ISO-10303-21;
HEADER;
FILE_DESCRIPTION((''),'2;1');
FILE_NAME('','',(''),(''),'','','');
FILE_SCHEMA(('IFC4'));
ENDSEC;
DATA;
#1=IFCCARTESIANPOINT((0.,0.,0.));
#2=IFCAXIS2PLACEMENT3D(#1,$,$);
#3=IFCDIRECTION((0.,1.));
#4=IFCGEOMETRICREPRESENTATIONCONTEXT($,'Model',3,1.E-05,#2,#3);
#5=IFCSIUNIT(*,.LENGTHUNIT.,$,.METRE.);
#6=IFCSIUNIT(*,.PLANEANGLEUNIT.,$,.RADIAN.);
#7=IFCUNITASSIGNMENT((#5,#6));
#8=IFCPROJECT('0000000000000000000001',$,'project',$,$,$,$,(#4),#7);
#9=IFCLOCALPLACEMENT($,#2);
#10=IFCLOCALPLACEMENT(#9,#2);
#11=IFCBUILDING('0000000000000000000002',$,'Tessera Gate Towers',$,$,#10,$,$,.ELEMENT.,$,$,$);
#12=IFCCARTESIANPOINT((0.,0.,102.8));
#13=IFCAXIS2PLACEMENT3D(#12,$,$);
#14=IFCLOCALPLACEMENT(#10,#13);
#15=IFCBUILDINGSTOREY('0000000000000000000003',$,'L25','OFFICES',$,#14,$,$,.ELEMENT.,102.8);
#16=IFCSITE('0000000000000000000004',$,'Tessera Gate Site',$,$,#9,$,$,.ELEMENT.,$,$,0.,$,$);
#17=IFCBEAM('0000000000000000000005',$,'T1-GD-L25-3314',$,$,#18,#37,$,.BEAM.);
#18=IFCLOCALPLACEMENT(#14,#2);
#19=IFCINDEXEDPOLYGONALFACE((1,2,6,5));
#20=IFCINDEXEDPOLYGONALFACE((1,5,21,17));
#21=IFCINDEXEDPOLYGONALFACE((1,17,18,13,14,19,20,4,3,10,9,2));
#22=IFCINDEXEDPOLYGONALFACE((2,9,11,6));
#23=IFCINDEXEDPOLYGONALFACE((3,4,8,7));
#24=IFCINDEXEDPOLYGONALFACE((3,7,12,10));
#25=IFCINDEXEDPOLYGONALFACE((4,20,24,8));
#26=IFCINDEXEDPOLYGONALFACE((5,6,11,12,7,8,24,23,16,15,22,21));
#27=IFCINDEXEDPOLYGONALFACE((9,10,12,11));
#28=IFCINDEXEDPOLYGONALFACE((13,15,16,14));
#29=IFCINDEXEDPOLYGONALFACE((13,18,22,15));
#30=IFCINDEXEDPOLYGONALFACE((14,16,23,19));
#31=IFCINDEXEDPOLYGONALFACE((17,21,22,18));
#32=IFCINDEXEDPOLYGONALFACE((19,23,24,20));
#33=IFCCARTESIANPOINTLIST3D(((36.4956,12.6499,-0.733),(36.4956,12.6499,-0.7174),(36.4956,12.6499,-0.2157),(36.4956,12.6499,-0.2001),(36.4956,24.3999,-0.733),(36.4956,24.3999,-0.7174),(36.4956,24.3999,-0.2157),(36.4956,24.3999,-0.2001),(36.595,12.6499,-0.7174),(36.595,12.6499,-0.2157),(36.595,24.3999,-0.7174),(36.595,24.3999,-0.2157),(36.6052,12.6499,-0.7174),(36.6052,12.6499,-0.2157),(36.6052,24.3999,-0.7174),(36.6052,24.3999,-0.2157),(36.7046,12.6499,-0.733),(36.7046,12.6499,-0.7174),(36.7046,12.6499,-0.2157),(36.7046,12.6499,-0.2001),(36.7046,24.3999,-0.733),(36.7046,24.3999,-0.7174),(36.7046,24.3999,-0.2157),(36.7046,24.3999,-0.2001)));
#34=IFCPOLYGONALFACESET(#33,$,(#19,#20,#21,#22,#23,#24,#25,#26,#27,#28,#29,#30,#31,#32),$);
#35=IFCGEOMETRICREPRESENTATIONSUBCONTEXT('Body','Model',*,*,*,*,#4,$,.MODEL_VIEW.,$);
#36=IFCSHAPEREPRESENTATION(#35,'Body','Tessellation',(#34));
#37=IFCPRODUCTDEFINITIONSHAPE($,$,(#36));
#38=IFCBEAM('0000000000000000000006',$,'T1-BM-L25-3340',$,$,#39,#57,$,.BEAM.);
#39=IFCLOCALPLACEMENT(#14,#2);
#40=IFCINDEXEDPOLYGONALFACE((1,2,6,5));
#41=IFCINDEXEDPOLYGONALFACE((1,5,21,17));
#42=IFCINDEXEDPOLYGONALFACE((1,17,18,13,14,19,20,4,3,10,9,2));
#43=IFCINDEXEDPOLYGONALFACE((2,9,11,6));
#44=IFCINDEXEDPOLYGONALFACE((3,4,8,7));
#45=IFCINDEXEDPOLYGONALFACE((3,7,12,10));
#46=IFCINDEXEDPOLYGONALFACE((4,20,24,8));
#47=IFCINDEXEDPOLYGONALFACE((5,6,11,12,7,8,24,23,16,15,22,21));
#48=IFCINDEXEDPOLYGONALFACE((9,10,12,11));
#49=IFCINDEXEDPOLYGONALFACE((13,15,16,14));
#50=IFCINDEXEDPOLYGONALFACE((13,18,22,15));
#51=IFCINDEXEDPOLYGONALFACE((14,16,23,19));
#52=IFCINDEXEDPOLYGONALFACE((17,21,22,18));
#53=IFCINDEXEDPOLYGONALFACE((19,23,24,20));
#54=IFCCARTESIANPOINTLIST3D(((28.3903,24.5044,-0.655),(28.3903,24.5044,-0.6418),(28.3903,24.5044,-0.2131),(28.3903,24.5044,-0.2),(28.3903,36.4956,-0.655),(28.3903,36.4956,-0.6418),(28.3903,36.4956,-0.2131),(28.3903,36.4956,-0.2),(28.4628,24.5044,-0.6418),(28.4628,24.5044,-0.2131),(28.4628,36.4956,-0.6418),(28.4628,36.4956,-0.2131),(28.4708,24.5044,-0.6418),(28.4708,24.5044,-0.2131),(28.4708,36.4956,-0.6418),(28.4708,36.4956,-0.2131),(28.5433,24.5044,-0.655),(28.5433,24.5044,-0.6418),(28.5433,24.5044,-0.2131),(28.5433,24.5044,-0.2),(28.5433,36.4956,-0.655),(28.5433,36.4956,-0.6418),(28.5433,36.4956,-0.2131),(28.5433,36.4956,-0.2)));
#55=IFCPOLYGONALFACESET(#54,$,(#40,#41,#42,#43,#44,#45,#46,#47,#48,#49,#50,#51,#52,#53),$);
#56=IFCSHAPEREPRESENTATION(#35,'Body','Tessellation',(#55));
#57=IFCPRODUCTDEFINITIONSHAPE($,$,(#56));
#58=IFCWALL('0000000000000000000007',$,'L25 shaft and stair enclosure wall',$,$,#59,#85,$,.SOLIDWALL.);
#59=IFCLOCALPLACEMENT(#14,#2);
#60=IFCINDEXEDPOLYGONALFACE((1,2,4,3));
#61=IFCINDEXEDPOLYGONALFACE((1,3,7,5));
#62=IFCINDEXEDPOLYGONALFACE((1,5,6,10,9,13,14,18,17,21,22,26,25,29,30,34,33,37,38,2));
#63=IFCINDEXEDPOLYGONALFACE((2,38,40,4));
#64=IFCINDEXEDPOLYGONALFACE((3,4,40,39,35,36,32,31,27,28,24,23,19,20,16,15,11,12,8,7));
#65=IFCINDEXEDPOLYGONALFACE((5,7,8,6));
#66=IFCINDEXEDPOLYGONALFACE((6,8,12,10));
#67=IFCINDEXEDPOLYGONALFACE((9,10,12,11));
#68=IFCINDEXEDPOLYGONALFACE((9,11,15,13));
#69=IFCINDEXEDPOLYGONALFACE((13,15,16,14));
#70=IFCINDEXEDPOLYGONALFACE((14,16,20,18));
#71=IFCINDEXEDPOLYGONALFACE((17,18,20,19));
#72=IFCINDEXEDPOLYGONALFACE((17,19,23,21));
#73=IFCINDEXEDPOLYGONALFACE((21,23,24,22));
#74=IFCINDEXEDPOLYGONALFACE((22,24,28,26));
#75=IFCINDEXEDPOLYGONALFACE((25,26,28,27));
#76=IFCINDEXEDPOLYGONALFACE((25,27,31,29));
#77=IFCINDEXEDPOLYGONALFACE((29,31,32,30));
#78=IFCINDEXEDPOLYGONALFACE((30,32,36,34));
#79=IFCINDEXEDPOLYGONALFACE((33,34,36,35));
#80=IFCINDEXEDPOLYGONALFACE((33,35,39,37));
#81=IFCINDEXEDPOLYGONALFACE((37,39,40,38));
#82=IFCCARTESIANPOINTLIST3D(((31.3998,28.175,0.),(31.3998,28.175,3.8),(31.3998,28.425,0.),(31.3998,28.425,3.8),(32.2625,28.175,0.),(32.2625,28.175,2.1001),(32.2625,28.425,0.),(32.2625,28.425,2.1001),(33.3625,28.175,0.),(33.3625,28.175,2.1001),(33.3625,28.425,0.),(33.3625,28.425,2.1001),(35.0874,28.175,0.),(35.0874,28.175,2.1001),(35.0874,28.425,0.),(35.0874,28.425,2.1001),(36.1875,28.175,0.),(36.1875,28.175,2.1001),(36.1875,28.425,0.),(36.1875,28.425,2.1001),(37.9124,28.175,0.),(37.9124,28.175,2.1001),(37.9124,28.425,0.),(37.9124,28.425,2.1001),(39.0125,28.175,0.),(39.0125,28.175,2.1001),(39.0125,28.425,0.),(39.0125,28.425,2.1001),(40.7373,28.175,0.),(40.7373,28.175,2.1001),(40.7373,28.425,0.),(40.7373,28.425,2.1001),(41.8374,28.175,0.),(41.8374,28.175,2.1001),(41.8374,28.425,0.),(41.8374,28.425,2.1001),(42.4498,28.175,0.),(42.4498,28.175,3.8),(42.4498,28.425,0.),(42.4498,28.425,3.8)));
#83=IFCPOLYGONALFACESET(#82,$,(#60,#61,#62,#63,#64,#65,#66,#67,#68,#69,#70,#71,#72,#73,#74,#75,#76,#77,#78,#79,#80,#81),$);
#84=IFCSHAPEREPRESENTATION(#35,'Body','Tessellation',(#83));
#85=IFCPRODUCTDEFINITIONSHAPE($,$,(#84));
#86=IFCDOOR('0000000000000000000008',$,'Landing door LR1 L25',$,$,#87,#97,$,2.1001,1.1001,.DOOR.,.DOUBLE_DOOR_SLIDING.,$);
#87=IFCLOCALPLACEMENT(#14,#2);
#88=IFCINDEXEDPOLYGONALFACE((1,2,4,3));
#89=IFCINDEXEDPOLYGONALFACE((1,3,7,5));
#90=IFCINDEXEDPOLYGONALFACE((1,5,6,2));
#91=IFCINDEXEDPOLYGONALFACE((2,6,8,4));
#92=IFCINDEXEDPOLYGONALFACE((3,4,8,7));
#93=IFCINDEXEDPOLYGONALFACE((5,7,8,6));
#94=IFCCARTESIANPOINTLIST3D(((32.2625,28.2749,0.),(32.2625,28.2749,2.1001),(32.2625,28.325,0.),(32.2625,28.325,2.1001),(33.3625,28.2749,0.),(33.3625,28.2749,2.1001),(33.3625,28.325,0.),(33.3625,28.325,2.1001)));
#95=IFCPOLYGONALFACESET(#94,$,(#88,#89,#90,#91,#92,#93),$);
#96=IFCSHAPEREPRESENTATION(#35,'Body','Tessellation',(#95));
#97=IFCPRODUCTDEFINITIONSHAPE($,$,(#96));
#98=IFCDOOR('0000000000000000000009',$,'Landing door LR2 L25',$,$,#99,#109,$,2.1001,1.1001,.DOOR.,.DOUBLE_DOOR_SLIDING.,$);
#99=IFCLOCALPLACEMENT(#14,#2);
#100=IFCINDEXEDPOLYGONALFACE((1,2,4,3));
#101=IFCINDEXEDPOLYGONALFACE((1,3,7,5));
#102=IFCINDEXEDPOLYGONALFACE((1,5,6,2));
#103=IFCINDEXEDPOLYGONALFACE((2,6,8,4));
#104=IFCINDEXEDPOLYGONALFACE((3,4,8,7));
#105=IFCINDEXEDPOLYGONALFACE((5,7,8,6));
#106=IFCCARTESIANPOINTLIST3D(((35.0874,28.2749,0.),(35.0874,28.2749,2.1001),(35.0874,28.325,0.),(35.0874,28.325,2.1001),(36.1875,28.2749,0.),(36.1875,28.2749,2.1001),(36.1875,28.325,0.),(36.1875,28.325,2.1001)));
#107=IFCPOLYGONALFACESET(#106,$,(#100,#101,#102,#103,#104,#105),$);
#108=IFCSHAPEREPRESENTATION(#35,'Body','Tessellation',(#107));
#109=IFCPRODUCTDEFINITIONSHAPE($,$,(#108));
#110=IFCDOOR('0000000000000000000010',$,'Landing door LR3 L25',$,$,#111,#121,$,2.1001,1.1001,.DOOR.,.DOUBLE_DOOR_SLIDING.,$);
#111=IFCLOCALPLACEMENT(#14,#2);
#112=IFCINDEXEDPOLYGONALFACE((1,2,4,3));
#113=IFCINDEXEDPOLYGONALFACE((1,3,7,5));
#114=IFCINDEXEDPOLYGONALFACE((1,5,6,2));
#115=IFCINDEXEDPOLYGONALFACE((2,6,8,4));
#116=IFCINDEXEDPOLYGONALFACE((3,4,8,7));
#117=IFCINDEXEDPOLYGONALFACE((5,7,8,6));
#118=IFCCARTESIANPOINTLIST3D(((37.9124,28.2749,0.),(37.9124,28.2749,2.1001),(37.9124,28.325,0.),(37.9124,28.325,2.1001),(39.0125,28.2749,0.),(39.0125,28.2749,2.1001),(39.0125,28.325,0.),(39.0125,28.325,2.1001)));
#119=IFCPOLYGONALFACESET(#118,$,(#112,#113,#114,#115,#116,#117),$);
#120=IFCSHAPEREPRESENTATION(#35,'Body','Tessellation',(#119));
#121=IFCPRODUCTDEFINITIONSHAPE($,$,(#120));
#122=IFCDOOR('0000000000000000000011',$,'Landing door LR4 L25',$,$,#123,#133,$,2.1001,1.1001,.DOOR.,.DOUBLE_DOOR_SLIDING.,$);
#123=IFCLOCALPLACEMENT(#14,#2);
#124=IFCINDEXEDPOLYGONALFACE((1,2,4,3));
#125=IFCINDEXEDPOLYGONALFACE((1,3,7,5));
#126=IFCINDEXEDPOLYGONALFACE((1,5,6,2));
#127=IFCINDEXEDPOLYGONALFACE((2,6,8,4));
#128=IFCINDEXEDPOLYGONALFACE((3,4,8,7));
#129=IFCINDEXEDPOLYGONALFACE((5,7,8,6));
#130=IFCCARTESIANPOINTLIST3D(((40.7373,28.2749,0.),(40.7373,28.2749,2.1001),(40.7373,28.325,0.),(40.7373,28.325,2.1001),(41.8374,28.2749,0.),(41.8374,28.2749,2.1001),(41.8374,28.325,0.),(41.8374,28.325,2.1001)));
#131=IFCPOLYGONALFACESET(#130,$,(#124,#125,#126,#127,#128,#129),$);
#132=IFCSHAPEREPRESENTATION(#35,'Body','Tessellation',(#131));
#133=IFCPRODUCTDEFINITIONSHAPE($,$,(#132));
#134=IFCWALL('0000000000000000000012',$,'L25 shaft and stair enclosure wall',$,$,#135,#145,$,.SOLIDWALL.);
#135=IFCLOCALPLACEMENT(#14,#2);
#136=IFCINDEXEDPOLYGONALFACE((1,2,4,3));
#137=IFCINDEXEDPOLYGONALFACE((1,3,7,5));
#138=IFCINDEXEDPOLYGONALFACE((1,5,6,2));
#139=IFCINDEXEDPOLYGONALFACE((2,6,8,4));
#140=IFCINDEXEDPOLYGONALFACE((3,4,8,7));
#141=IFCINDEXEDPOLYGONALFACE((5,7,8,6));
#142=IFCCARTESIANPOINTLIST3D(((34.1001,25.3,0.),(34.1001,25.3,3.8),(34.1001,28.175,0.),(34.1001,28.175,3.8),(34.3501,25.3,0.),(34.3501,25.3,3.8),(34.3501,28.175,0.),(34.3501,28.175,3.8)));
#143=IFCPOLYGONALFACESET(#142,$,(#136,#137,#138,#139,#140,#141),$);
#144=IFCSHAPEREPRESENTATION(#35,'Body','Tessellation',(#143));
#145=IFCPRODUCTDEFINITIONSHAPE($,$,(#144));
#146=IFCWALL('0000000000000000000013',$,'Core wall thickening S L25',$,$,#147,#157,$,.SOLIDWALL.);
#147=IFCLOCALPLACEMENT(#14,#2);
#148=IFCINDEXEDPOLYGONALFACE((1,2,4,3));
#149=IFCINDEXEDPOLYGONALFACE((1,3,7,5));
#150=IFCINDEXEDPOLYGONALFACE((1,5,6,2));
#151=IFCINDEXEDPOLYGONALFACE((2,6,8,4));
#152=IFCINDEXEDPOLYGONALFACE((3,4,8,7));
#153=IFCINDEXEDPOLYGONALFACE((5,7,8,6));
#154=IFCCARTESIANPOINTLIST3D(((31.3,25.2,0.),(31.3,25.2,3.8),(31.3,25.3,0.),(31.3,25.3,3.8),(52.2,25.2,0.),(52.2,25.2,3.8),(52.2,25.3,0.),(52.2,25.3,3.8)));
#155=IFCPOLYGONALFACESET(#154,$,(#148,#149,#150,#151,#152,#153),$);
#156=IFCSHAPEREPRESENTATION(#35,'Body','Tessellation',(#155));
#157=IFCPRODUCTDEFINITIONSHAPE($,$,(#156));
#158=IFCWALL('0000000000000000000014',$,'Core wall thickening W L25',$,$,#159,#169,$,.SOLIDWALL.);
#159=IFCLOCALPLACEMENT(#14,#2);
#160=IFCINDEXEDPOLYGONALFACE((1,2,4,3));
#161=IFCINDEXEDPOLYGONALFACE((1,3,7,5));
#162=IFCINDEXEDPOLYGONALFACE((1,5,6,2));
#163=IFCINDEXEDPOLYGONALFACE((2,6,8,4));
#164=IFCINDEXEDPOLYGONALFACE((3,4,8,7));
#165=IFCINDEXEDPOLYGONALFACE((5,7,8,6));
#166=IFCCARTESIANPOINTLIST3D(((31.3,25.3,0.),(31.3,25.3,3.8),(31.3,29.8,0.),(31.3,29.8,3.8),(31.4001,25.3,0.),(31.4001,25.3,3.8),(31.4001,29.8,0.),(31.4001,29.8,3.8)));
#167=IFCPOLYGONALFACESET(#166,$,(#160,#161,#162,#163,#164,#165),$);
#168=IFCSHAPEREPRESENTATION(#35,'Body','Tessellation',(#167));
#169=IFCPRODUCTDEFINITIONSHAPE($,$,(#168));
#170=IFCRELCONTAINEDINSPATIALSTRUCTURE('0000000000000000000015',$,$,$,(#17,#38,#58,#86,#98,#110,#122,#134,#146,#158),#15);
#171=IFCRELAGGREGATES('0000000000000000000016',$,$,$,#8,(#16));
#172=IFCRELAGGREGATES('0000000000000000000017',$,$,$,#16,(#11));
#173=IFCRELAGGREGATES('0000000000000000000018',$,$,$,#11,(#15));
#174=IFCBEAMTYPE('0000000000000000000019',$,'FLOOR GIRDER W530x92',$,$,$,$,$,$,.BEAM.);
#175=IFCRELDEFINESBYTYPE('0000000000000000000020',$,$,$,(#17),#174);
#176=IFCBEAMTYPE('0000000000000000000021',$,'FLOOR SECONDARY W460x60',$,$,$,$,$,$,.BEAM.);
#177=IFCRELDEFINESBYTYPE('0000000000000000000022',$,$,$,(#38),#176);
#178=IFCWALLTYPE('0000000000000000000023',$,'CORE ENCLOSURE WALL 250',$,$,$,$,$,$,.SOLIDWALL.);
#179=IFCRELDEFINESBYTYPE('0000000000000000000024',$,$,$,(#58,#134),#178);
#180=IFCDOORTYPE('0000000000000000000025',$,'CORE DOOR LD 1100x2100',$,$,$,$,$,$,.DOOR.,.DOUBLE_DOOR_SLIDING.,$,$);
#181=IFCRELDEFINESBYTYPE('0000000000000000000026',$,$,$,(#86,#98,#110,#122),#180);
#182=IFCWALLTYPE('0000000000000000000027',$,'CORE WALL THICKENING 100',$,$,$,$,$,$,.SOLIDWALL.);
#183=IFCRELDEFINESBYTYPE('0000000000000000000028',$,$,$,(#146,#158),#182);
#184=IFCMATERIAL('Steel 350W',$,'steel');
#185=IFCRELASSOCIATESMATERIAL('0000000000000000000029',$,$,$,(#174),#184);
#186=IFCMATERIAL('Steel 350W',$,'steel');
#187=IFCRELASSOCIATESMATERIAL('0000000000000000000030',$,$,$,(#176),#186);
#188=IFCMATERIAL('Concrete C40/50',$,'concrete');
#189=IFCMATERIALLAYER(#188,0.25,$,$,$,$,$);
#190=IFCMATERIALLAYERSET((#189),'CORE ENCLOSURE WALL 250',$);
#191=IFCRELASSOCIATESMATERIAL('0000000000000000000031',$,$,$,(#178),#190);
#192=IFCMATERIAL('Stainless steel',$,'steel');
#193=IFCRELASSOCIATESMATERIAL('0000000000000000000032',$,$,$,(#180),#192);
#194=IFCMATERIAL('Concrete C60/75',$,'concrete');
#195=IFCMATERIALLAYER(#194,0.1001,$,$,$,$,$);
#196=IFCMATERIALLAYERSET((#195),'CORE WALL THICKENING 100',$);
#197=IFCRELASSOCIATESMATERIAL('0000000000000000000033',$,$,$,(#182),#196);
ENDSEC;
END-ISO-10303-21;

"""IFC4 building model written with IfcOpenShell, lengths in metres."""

from ifc_helpers import new_model, si_unit, direction, frame, frame_2d, origin, origin_2d, place, context, subcontext, project, spatial, rectangle, i_section, extrude, source, transform, mapped, material, layer, layer_set, material_profile, profile_set, type_object, element, fill, save


model = new_model("IFC4")

# Units and contexts
model_context = context("Model", 3, precision=1e-05, world=origin(), true_north=direction((0.0, 1.0)))
body_context = subcontext(model_context, "Body", "Model", "MODEL_VIEW")
ifc_project = project(units=[si_unit("LENGTHUNIT", "METRE"), si_unit("PLANEANGLEUNIT", "RADIAN")], contexts=[model_context])

# Site, building, storey
site_placement = place(None, origin())
site = spatial("IfcSite", under=ifc_project, at=site_placement, Name="Tessera Gate Site", CompositionType="ELEMENT", RefElevation=0.0)
building_placement = place(site_placement, origin())
building = spatial("IfcBuilding", under=site, at=building_placement, Name="Tessera Gate Towers", CompositionType="ELEMENT")
storey_placement = place(building_placement, frame((0.0, 0.0, 102.8)))
storey = spatial("IfcBuildingStorey", under=building, at=storey_placement, Name="L25", Description="OFFICES", CompositionType="ELEMENT", Elevation=102.8)

# Beams
ifc_material_1 = material(Name="Steel 350W", Category="steel")
ifc_material_profile_1 = material_profile(ifc_material_1, i_section(OverallWidth=0.209, OverallDepth=0.533, WebThickness=0.0103, FlangeThickness=0.0156, at=origin_2d()), Name="W530x92")
ifc_profile_set_1 = profile_set([ifc_material_profile_1], Name="Steel 350W")
beam_type_1 = type_object("IfcBeamType", Name="FLOOR GIRDER W530x92", PredefinedType="BEAM", material=ifc_profile_set_1)
beam_1_placement = place(storey_placement, frame((36.6001, 12.6499, -0.4666), z_axis=(0.0, 1.0, 0.0), x_axis=(-1.0, 0.0, 0.0)))
element("IfcBeam", 1, at=beam_1_placement, inside=storey, type_object=beam_type_1, Name="T1-GD-L25-3314", PredefinedType="BEAM", context=body_context, shape_type="SweptSolid", body=[
    extrude(i_section(OverallWidth=0.209, OverallDepth=0.533, WebThickness=0.0103, FlangeThickness=0.0156, at=origin_2d()), origin(), (0.0, 0.0, 1.0), 11.75),
])
ifc_material_2 = material(Name="Steel 350W", Category="steel")
ifc_material_profile_2 = material_profile(ifc_material_2, i_section(OverallWidth=0.1531, OverallDepth=0.4551, WebThickness=0.0081, FlangeThickness=0.0132, at=origin_2d()), Name="W460x60")
ifc_profile_set_2 = profile_set([ifc_material_profile_2], Name="Steel 350W")
beam_type_2 = type_object("IfcBeamType", Name="FLOOR SECONDARY W460x60", PredefinedType="BEAM", material=ifc_profile_set_2)
beam_2_placement = place(storey_placement, frame((28.4668, 24.5044, -0.4275), z_axis=(0.0, 1.0, 0.0), x_axis=(-1.0, 0.0, 0.0)))
element("IfcBeam", 2, at=beam_2_placement, inside=storey, type_object=beam_type_2, Name="T1-BM-L25-3340", PredefinedType="BEAM", context=body_context, shape_type="SweptSolid", body=[
    extrude(i_section(OverallWidth=0.1531, OverallDepth=0.4551, WebThickness=0.0081, FlangeThickness=0.0132, at=origin_2d()), origin(), (0.0, 0.0, 1.0), 11.9912),
])

# Wall, openings, doors
ifc_material_3 = material(Name="Concrete C40/50", Category="concrete")
ifc_layer_1 = layer(ifc_material_3, 0.25)
ifc_layer_set_1 = layer_set([ifc_layer_1], Name="CORE ENCLOSURE WALL 250")
wall_type_1 = type_object("IfcWallType", Name="CORE ENCLOSURE WALL 250", PredefinedType="SOLIDWALL", material=ifc_layer_set_1)
wall_1_placement = place(storey_placement, frame((31.3999, 28.3, 0.0), z_axis=(0.0, 0.0, 1.0), x_axis=(1.0, 0.0, 0.0)))
wall_1 = element("IfcWall", 3, at=wall_1_placement, inside=storey, type_object=wall_type_1, Name="L25 shaft and stair enclosure wall", PredefinedType="SOLIDWALL", context=body_context, shape_type="SweptSolid", body=[
    extrude(rectangle(XDim=11.05, YDim=0.25, at=frame_2d((5.5249, 0.0))), origin(), (0.0, 0.0, 1.0), 3.8),
])
shared_shape_1 = source(origin(), body_context, "Body", "SweptSolid", [
    extrude(rectangle(XDim=1.1001, YDim=2.1001, at=frame_2d((0.55, 1.05))), frame((0.0, 0.135, 0.0), z_axis=(0.0, -1.0, 0.0), x_axis=(1.0, 0.0, 0.0)), (0.0, 0.0, 1.0), 0.27),
])
opening_1_placement = place(wall_1_placement, frame((0.8625, 0.0, 0.0)))
opening_1 = element("IfcOpeningElement", 4, at=opening_1_placement, cuts=wall_1, PredefinedType="OPENING", context=body_context, shape_type="MappedRepresentation", body=[
    mapped(shared_shape_1, transform((0.0, 0.0, 0.0), scale=1.0)),
])
opening_2_placement = place(wall_1_placement, frame((3.6875, 0.0, 0.0)))
opening_2 = element("IfcOpeningElement", 5, at=opening_2_placement, cuts=wall_1, PredefinedType="OPENING", context=body_context, shape_type="MappedRepresentation", body=[
    mapped(shared_shape_1, transform((0.0, 0.0, 0.0), scale=1.0)),
])
opening_3_placement = place(wall_1_placement, frame((6.5125, 0.0, 0.0)))
opening_3 = element("IfcOpeningElement", 6, at=opening_3_placement, cuts=wall_1, PredefinedType="OPENING", context=body_context, shape_type="MappedRepresentation", body=[
    mapped(shared_shape_1, transform((0.0, 0.0, 0.0), scale=1.0)),
])
opening_4_placement = place(wall_1_placement, frame((9.3374, 0.0, 0.0)))
opening_4 = element("IfcOpeningElement", 7, at=opening_4_placement, cuts=wall_1, PredefinedType="OPENING", context=body_context, shape_type="MappedRepresentation", body=[
    mapped(shared_shape_1, transform((0.0, 0.0, 0.0), scale=1.0)),
])
ifc_material_4 = material(Name="Stainless steel", Category="steel")
door_type_1 = type_object("IfcDoorType", Name="CORE DOOR LD 1100x2100", OperationType="DOUBLE_DOOR_SLIDING", PredefinedType="DOOR", material=ifc_material_4)
shared_shape_2 = source(origin(), body_context, "Body", "SweptSolid", [
    extrude(rectangle(XDim=1.1001, YDim=2.1001, at=frame_2d((0.55, 1.05))), frame((0.0, 0.0249, 0.0), z_axis=(0.0, -1.0, 0.0), x_axis=(1.0, 0.0, 0.0)), (0.0, 0.0, 1.0), 0.05),
])
door_1_placement = place(opening_1_placement, origin())
door_1 = element("IfcDoor", 8, at=door_1_placement, inside=storey, type_object=door_type_1, Name="Landing door LR1 L25", OperationType="DOUBLE_DOOR_SLIDING", OverallHeight=2.1001, OverallWidth=1.1001, PredefinedType="DOOR", context=body_context, shape_type="MappedRepresentation", body=[
    mapped(shared_shape_2, transform((0.0, 0.0, 0.0), scale=1.0)),
])
fill(opening_1, door_1)
door_2_placement = place(opening_2_placement, origin())
door_2 = element("IfcDoor", 9, at=door_2_placement, inside=storey, type_object=door_type_1, Name="Landing door LR2 L25", OperationType="DOUBLE_DOOR_SLIDING", OverallHeight=2.1001, OverallWidth=1.1001, PredefinedType="DOOR", context=body_context, shape_type="MappedRepresentation", body=[
    mapped(shared_shape_2, transform((0.0, 0.0, 0.0), scale=1.0)),
])
fill(opening_2, door_2)
door_3_placement = place(opening_3_placement, origin())
door_3 = element("IfcDoor", 10, at=door_3_placement, inside=storey, type_object=door_type_1, Name="Landing door LR3 L25", OperationType="DOUBLE_DOOR_SLIDING", OverallHeight=2.1001, OverallWidth=1.1001, PredefinedType="DOOR", context=body_context, shape_type="MappedRepresentation", body=[
    mapped(shared_shape_2, transform((0.0, 0.0, 0.0), scale=1.0)),
])
fill(opening_3, door_3)
door_4_placement = place(opening_4_placement, origin())
door_4 = element("IfcDoor", 11, at=door_4_placement, inside=storey, type_object=door_type_1, Name="Landing door LR4 L25", OperationType="DOUBLE_DOOR_SLIDING", OverallHeight=2.1001, OverallWidth=1.1001, PredefinedType="DOOR", context=body_context, shape_type="MappedRepresentation", body=[
    mapped(shared_shape_2, transform((0.0, 0.0, 0.0), scale=1.0)),
])
fill(opening_4, door_4)

# Wall
wall_2_placement = place(storey_placement, frame((34.2251, 25.3, 0.0), z_axis=(0.0, 0.0, 1.0), x_axis=(0.0, 1.0, 0.0)))
element("IfcWall", 12, at=wall_2_placement, inside=storey, type_object=wall_type_1, Name="L25 shaft and stair enclosure wall", PredefinedType="SOLIDWALL", context=body_context, shape_type="SweptSolid", body=[
    extrude(rectangle(XDim=2.875, YDim=0.25, at=frame_2d((1.4375, 0.0))), origin(), (0.0, 0.0, 1.0), 3.8),
])

# Walls
ifc_material_5 = material(Name="Concrete C60/75", Category="concrete")
ifc_layer_2 = layer(ifc_material_5, 0.1001)
ifc_layer_set_2 = layer_set([ifc_layer_2], Name="CORE WALL THICKENING 100")
wall_type_2 = type_object("IfcWallType", Name="CORE WALL THICKENING 100", PredefinedType="SOLIDWALL", material=ifc_layer_set_2)
wall_3_placement = place(storey_placement, frame((31.3, 25.25, 0.0), z_axis=(0.0, 0.0, 1.0), x_axis=(1.0, 0.0, 0.0)))
element("IfcWall", 13, at=wall_3_placement, inside=storey, type_object=wall_type_2, Name="Core wall thickening S L25", PredefinedType="SOLIDWALL", context=body_context, shape_type="SweptSolid", body=[
    extrude(rectangle(XDim=20.8999, YDim=0.1001, at=frame_2d((10.45, 0.0))), origin(), (0.0, 0.0, 1.0), 3.8),
])
wall_4_placement = place(storey_placement, frame((31.3501, 25.3, 0.0), z_axis=(0.0, 0.0, 1.0), x_axis=(0.0, 1.0, 0.0)))
element("IfcWall", 14, at=wall_4_placement, inside=storey, type_object=wall_type_2, Name="Core wall thickening W L25", PredefinedType="SOLIDWALL", context=body_context, shape_type="SweptSolid", body=[
    extrude(rectangle(XDim=4.5, YDim=0.1001, at=frame_2d((2.25, 0.0))), origin(), (0.0, 0.0, 1.0), 3.8),
])

save(model, "model.ifc")
